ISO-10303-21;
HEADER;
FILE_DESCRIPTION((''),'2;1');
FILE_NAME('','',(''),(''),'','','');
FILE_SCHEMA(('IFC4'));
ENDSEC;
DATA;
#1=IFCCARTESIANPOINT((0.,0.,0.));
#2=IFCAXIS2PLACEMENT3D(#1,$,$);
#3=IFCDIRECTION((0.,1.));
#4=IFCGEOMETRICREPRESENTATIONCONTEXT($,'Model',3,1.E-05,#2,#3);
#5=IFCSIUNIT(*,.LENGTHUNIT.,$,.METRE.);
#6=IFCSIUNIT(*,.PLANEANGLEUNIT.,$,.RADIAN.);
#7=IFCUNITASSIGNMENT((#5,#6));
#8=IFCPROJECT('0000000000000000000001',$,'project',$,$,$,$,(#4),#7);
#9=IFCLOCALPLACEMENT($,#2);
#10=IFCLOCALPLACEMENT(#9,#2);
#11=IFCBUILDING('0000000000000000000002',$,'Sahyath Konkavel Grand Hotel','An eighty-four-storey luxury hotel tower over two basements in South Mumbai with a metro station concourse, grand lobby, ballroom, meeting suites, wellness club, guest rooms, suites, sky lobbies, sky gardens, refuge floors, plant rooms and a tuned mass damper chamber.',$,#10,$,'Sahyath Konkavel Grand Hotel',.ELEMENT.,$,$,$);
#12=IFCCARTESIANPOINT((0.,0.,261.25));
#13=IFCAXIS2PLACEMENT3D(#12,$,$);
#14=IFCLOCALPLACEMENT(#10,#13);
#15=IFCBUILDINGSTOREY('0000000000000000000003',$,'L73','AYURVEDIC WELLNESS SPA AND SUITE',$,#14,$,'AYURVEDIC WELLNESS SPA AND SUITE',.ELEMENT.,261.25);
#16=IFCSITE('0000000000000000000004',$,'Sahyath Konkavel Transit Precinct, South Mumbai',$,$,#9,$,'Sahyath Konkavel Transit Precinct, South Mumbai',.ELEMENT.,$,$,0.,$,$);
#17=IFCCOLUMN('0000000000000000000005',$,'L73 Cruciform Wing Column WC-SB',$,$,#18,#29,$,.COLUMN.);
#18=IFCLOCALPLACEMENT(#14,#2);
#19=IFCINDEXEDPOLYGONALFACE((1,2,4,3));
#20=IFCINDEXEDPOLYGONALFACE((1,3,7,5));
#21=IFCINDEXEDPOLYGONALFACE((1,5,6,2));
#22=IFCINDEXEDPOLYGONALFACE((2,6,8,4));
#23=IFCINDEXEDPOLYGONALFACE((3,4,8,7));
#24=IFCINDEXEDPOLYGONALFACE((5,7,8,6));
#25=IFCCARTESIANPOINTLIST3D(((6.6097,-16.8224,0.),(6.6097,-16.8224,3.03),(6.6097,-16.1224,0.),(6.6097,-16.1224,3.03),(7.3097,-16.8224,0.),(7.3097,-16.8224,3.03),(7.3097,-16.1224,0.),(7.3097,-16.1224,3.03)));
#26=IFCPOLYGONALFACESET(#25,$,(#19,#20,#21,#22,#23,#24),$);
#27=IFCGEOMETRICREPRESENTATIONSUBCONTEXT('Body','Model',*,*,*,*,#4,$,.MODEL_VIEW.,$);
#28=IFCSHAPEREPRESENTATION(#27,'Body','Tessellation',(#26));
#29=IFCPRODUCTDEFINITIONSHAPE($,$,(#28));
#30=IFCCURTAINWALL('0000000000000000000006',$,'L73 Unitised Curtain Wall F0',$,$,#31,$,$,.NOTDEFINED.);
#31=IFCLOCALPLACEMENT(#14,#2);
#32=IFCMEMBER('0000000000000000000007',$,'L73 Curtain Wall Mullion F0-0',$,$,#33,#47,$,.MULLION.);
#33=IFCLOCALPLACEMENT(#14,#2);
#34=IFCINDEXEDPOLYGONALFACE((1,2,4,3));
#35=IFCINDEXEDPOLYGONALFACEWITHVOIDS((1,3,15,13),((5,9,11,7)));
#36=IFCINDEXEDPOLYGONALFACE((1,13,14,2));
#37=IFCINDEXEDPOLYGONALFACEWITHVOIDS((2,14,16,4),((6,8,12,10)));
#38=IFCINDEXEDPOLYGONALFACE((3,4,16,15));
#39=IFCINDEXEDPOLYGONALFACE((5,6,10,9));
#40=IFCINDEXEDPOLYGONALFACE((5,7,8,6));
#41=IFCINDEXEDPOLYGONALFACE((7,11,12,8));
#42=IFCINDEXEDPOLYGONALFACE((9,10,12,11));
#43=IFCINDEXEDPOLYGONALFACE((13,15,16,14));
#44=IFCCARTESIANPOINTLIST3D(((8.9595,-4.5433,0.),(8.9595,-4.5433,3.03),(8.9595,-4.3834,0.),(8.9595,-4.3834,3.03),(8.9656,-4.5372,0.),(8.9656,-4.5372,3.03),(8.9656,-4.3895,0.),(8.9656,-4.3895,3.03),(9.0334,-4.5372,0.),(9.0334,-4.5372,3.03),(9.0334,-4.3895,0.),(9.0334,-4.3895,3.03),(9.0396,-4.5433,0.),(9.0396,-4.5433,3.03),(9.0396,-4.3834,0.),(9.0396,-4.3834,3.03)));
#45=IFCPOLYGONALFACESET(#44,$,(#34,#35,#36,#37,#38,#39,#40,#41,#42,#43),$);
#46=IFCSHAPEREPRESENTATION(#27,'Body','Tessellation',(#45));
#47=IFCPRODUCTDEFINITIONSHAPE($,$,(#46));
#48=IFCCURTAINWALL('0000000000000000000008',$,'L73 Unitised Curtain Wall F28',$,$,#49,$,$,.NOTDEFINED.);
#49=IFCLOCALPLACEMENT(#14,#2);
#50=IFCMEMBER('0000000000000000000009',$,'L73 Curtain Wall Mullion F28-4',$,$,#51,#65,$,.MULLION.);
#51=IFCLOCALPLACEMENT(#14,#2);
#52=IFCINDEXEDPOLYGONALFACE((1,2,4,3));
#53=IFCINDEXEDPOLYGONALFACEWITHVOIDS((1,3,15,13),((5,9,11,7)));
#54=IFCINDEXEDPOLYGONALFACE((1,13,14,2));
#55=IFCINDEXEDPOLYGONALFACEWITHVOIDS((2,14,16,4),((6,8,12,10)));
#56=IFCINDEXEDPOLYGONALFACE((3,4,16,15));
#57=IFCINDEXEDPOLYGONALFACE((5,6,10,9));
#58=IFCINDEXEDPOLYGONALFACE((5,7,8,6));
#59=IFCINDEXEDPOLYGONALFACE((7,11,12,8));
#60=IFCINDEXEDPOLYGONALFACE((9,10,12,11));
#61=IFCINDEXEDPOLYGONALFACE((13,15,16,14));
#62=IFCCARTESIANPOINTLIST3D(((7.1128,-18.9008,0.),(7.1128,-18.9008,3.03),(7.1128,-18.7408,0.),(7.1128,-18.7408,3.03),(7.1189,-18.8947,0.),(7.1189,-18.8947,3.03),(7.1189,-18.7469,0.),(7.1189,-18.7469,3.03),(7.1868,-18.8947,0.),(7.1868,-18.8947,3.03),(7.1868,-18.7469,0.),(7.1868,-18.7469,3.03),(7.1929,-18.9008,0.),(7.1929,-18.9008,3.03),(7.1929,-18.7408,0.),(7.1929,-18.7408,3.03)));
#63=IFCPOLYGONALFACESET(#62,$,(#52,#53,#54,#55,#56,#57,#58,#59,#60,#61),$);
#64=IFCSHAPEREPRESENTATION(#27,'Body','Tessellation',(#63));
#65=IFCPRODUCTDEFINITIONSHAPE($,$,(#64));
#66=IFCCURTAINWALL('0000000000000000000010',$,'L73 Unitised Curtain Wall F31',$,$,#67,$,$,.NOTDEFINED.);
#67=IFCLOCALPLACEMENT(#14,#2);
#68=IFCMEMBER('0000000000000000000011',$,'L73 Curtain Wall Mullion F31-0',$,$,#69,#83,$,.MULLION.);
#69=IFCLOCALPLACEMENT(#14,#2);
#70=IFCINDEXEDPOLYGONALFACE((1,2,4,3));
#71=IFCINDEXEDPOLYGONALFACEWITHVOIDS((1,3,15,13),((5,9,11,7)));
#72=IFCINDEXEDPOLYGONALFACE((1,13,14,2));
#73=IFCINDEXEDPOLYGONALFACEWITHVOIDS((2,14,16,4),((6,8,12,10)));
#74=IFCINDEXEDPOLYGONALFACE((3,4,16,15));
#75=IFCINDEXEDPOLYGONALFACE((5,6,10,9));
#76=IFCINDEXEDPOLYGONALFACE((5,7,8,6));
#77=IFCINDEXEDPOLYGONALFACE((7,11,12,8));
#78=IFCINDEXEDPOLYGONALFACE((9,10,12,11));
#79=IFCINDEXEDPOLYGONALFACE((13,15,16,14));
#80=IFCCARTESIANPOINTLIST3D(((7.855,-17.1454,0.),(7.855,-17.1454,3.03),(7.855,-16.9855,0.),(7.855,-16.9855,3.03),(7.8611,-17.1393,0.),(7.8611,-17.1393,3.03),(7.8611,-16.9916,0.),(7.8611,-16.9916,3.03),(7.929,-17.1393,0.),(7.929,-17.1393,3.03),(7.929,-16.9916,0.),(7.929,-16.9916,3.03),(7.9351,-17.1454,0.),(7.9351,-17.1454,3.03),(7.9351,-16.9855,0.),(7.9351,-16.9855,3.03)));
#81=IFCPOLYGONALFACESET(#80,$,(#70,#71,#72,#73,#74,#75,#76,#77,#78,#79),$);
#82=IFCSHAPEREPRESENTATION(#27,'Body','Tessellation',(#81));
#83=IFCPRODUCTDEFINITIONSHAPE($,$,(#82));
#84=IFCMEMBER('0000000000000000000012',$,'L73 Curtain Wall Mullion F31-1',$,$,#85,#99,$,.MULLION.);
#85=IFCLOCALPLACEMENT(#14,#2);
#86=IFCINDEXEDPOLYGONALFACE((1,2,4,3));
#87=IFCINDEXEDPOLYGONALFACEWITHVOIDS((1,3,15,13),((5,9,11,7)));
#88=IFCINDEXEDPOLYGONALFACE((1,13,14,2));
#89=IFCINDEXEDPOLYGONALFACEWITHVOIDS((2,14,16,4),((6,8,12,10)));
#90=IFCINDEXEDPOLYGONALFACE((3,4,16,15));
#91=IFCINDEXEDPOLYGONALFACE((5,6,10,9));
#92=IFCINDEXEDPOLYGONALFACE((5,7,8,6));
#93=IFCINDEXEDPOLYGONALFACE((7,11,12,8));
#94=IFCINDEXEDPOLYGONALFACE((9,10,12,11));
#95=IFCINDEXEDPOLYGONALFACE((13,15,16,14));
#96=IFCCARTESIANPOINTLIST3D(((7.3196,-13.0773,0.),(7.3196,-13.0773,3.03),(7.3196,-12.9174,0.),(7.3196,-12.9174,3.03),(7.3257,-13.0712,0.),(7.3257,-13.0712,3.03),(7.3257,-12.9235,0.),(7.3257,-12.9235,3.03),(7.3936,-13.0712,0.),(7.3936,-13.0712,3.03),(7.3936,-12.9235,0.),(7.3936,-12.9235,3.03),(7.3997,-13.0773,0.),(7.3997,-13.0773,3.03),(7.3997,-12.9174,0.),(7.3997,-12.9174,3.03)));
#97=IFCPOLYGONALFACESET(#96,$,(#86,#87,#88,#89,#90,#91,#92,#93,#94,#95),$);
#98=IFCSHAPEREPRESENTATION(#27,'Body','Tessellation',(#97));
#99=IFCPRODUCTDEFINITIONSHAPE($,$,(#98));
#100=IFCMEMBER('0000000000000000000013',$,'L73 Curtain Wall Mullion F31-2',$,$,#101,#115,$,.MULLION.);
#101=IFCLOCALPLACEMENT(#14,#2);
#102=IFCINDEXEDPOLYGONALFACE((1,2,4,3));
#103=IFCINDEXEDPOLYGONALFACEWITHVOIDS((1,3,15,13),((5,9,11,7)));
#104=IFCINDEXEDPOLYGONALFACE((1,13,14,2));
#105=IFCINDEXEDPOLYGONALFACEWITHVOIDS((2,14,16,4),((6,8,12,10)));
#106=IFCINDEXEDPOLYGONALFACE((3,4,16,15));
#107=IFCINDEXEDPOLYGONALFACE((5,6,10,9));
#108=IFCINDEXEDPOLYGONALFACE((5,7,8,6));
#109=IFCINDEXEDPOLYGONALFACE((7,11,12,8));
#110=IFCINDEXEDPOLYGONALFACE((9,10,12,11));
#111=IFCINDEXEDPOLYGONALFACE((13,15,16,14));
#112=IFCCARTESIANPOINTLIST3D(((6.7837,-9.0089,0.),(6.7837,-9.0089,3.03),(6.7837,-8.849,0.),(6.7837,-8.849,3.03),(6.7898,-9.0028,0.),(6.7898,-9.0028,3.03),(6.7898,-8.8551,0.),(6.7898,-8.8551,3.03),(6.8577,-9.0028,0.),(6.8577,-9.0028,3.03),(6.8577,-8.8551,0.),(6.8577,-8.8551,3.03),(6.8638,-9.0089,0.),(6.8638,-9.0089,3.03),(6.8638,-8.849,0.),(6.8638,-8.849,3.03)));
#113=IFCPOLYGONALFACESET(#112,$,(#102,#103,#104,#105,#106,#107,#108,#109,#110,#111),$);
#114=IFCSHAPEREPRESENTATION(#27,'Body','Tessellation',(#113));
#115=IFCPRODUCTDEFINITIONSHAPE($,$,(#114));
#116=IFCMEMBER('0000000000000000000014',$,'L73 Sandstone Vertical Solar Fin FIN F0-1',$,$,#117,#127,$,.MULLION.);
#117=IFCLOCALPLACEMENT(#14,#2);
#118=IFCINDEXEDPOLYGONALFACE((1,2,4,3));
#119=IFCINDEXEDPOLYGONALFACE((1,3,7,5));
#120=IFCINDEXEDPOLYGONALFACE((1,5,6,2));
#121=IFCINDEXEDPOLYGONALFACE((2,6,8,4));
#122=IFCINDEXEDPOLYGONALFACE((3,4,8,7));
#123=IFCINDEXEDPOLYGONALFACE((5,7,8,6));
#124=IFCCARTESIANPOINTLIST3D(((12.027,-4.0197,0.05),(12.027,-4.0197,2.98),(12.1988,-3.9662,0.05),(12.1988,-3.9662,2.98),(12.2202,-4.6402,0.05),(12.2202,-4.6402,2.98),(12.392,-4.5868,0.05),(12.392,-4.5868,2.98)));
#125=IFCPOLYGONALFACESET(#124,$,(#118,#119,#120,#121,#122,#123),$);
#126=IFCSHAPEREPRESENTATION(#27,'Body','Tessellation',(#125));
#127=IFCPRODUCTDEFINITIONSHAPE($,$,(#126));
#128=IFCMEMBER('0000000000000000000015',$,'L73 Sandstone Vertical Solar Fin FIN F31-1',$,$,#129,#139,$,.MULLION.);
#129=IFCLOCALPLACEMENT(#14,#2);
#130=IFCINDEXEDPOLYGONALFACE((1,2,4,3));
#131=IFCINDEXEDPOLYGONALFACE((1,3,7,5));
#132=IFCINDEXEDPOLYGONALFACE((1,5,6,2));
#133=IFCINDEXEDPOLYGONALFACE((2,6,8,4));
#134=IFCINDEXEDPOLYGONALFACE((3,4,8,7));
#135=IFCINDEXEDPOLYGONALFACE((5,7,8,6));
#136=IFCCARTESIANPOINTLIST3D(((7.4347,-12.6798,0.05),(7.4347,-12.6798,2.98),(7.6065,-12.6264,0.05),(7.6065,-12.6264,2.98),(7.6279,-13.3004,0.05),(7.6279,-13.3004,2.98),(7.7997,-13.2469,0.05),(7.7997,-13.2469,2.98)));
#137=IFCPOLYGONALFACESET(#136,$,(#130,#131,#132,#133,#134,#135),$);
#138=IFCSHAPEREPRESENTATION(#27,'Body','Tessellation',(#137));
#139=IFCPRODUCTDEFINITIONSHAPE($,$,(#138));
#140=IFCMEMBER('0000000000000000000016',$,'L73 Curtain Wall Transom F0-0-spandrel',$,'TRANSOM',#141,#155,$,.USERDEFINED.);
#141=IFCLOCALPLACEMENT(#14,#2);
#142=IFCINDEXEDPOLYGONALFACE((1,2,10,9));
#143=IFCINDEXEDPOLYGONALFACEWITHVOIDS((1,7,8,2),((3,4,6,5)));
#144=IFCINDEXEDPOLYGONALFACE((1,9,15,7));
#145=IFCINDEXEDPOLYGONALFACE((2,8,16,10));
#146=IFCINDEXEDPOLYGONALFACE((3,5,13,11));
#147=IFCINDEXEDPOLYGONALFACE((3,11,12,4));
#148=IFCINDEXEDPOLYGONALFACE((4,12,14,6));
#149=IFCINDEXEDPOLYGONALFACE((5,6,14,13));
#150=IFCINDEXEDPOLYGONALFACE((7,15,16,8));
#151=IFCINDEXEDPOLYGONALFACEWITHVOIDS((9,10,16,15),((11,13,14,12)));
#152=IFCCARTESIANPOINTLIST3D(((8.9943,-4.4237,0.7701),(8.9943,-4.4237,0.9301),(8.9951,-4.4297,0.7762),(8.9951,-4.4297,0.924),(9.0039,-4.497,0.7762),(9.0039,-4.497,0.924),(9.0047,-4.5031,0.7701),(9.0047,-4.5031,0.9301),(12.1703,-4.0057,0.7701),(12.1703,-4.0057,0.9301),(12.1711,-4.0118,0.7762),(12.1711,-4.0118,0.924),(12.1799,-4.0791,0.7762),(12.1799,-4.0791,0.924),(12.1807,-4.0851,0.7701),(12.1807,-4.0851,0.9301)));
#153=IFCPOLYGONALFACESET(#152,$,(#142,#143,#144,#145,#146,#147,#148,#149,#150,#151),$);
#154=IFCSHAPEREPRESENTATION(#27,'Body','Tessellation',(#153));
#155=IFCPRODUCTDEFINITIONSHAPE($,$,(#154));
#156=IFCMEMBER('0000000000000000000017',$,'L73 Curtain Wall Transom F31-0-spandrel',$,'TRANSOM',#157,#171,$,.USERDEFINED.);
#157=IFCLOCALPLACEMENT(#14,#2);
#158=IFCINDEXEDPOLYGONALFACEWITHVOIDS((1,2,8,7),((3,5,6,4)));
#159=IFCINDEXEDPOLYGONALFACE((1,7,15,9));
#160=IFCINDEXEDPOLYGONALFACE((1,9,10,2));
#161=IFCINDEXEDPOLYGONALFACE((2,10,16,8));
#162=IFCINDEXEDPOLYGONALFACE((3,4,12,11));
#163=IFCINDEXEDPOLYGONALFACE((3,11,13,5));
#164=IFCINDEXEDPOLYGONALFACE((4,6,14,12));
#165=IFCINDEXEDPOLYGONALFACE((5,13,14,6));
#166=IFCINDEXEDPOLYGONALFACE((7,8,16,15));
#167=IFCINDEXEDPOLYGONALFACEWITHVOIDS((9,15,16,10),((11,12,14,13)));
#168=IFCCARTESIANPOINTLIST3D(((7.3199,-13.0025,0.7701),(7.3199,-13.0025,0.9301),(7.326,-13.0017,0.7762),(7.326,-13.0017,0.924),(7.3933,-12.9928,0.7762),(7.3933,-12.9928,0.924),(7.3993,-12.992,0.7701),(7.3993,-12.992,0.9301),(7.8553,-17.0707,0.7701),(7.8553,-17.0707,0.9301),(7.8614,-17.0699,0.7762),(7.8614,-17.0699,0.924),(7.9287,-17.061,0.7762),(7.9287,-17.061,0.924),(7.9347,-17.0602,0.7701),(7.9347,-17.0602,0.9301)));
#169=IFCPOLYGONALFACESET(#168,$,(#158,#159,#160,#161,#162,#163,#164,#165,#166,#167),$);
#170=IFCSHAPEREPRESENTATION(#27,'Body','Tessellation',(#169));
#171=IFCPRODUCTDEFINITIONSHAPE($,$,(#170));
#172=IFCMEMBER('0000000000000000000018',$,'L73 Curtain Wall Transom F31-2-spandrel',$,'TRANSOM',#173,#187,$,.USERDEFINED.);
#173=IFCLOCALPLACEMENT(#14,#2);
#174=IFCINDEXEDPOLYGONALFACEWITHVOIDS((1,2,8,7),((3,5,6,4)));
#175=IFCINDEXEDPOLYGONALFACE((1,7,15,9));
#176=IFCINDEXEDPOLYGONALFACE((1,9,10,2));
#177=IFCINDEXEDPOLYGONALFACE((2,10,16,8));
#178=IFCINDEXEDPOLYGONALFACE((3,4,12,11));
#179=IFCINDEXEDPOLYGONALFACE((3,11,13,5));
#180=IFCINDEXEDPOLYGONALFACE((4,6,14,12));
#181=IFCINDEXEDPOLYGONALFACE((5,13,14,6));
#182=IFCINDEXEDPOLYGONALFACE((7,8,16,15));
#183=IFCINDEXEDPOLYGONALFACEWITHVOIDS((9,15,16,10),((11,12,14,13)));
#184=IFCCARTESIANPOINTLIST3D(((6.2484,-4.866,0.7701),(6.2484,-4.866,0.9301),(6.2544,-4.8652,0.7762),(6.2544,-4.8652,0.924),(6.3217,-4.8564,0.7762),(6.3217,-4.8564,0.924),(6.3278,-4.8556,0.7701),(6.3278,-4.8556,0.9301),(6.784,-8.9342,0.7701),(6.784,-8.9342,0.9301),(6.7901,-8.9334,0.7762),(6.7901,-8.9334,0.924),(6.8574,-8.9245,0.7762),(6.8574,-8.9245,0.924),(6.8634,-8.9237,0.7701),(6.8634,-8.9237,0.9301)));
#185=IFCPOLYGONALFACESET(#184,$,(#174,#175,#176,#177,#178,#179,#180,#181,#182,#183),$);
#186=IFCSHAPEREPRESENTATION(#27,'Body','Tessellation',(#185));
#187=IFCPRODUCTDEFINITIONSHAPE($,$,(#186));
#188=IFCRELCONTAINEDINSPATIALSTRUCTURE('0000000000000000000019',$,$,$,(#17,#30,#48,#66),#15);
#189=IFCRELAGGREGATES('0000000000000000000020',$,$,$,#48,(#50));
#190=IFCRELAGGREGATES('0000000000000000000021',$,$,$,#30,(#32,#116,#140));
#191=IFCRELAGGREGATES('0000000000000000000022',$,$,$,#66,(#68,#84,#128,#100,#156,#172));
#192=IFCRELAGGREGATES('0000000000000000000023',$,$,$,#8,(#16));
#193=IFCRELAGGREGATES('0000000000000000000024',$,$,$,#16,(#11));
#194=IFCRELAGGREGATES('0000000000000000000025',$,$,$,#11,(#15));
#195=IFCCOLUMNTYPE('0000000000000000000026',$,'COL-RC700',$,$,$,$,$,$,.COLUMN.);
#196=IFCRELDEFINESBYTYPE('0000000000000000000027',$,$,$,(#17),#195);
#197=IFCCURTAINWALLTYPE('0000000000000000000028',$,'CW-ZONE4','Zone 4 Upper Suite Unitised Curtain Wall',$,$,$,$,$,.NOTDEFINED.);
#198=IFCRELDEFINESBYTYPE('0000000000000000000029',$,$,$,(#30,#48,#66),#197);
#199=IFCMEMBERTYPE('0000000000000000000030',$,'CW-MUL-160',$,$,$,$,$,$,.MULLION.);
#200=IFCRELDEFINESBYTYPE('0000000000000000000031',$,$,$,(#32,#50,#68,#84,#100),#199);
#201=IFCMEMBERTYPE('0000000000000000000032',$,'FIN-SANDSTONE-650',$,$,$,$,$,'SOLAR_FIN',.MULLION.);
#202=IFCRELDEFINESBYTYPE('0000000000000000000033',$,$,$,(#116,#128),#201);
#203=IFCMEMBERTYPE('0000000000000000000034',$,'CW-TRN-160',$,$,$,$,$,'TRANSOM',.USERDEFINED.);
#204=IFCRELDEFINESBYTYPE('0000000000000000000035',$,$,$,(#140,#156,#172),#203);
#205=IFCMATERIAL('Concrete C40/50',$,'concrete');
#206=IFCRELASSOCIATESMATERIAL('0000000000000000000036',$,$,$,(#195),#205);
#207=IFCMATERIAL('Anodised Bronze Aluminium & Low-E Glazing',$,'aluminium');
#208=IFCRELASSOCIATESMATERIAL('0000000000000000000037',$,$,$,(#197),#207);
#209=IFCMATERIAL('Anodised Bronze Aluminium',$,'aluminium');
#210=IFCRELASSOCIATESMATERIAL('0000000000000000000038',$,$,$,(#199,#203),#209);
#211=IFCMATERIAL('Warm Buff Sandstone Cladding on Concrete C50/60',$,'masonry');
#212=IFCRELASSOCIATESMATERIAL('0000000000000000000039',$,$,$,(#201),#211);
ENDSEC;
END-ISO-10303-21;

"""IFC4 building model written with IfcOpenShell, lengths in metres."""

from ifc_helpers import new_model, si_unit, direction, frame, origin, origin_2d, place, context, subcontext, project, spatial, rectangle, hollow_rectangle, extrude, source, transform, mapped, material, material_profile, profile_set, type_object, element, aggregate, save


model = new_model("IFC4")

# Units and contexts
model_context = context("Model", 3, precision=1e-05, world=origin(), true_north=direction((0.0, 1.0)))
body_context = subcontext(model_context, "Body", "Model", "MODEL_VIEW")
ifc_project = project(units=[si_unit("LENGTHUNIT", "METRE"), si_unit("PLANEANGLEUNIT", "RADIAN")], contexts=[model_context])

# Site, building, storey
site_placement = place(None, origin())
site = spatial("IfcSite", under=ifc_project, at=site_placement, Name="Sahyath Konkavel Transit Precinct, South Mumbai", LongName="Sahyath Konkavel Transit Precinct, South Mumbai", CompositionType="ELEMENT", RefElevation=0.0)
building_placement = place(site_placement, origin())
building = spatial("IfcBuilding", under=site, at=building_placement, Name="Sahyath Konkavel Grand Hotel", Description="An eighty-four-storey luxury hotel tower over two basements in South Mumbai with a metro station concourse, grand lobby, ballroom, meeting suites, wellness club, guest rooms, suites, sky lobbies, sky gardens, refuge floors, plant rooms and a tuned mass damper chamber.", LongName="Sahyath Konkavel Grand Hotel", CompositionType="ELEMENT")
storey_placement = place(building_placement, frame((0.0, 0.0, 261.25)))
storey = spatial("IfcBuildingStorey", under=building, at=storey_placement, Name="L73", Description="AYURVEDIC WELLNESS SPA AND SUITE", LongName="AYURVEDIC WELLNESS SPA AND SUITE", CompositionType="ELEMENT", Elevation=261.25)

# Column
ifc_material_1 = material(Name="Concrete C40/50", Category="concrete")
ifc_material_profile_1 = material_profile(ifc_material_1, rectangle(XDim=0.7, YDim=0.7, at=origin_2d()), Name="RC 700x700")
ifc_profile_set_1 = profile_set([ifc_material_profile_1], Name="Concrete C40/50")
column_type = type_object("IfcColumnType", Name="COL-RC700", PredefinedType="COLUMN", material=ifc_profile_set_1)
shared_shape_1 = source(origin(), body_context, "Body", "SweptSolid", [
    extrude(rectangle(XDim=0.7, YDim=0.7, at=origin_2d()), origin(), (0.0, 0.0, 1.0), 3.03),
])
column_placement = place(storey_placement, frame((6.9597, -16.4724, 0.0), z_axis=(0.0, 0.0, 1.0), x_axis=(1.0, 0.0, 0.0)))
element("IfcColumn", 1, at=column_placement, inside=storey, type_object=column_type, Name="L73 Cruciform Wing Column WC-SB", PredefinedType="COLUMN", context=body_context, shape_type="MappedRepresentation", body=[
    mapped(shared_shape_1, transform((0.0, 0.0, 0.0), scale=1.0)),
])

# Curtain walls, members
ifc_material_2 = material(Name="Anodised Bronze Aluminium & Low-E Glazing", Category="aluminium")
curtain_wall_type = type_object("IfcCurtainWallType", Name="CW-ZONE4", Description="Zone 4 Upper Suite Unitised Curtain Wall", PredefinedType="NOTDEFINED", material=ifc_material_2)
curtain_wall_1_placement = place(storey_placement, origin())
curtain_wall_1 = element("IfcCurtainWall", 2, at=curtain_wall_1_placement, inside=storey, type_object=curtain_wall_type, Name="L73 Unitised Curtain Wall F0", PredefinedType="NOTDEFINED")
ifc_material_3 = material(Name="Anodised Bronze Aluminium", Category="aluminium")
ifc_material_profile_2 = material_profile(ifc_material_3, hollow_rectangle(XDim=0.0801, YDim=0.1599, WallThickness=0.0061, at=origin_2d()), Name="RHS 160x80x6")
ifc_profile_set_2 = profile_set([ifc_material_profile_2], Name="Anodised Bronze Aluminium")
member_type_1 = type_object("IfcMemberType", Name="CW-MUL-160", PredefinedType="MULLION", material=ifc_profile_set_2)
shared_shape_2 = source(origin(), body_context, "Body", "SweptSolid", [
    extrude(hollow_rectangle(XDim=0.0801, YDim=0.1599, WallThickness=0.0061, at=origin_2d()), origin(), (0.0, 0.0, 1.0), 3.03),
])
member_1_placement = place(storey_placement, frame((8.9995, -4.4634, 0.0), z_axis=(0.0, 0.0, 1.0), x_axis=(1.0, 0.0, 0.0)))
member_1 = element("IfcMember", 3, at=member_1_placement, type_object=member_type_1, Name="L73 Curtain Wall Mullion F0-0", PredefinedType="MULLION", context=body_context, shape_type="MappedRepresentation", body=[
    mapped(shared_shape_2, transform((0.0, 0.0, 0.0), scale=1.0)),
])
curtain_wall_2_placement = place(storey_placement, origin())
curtain_wall_2 = element("IfcCurtainWall", 4, at=curtain_wall_2_placement, inside=storey, type_object=curtain_wall_type, Name="L73 Unitised Curtain Wall F28", PredefinedType="NOTDEFINED")
member_2_placement = place(storey_placement, frame((7.1528, -18.8208, 0.0), z_axis=(0.0, 0.0, 1.0), x_axis=(1.0, 0.0, 0.0)))
member_2 = element("IfcMember", 5, at=member_2_placement, type_object=member_type_1, Name="L73 Curtain Wall Mullion F28-4", PredefinedType="MULLION", context=body_context, shape_type="MappedRepresentation", body=[
    mapped(shared_shape_2, transform((0.0, 0.0, 0.0), scale=1.0)),
])
aggregate(curtain_wall_2, [member_2])

# Curtain wall, members
curtain_wall_3_placement = place(storey_placement, origin())
curtain_wall_3 = element("IfcCurtainWall", 6, at=curtain_wall_3_placement, inside=storey, type_object=curtain_wall_type, Name="L73 Unitised Curtain Wall F31", PredefinedType="NOTDEFINED")
member_3_placement = place(storey_placement, frame((7.895, -17.0654, 0.0), z_axis=(0.0, 0.0, 1.0), x_axis=(1.0, 0.0, 0.0)))
member_3 = element("IfcMember", 7, at=member_3_placement, type_object=member_type_1, Name="L73 Curtain Wall Mullion F31-0", PredefinedType="MULLION", context=body_context, shape_type="MappedRepresentation", body=[
    mapped(shared_shape_2, transform((0.0, 0.0, 0.0), scale=1.0)),
])
member_4_placement = place(storey_placement, frame((7.3596, -12.9973, 0.0), z_axis=(0.0, 0.0, 1.0), x_axis=(1.0, 0.0, 0.0)))
member_4 = element("IfcMember", 8, at=member_4_placement, type_object=member_type_1, Name="L73 Curtain Wall Mullion F31-1", PredefinedType="MULLION", context=body_context, shape_type="MappedRepresentation", body=[
    mapped(shared_shape_2, transform((0.0, 0.0, 0.0), scale=1.0)),
])
member_5_placement = place(storey_placement, frame((6.8237, -8.929, 0.0), z_axis=(0.0, 0.0, 1.0), x_axis=(1.0, 0.0, 0.0)))
member_5 = element("IfcMember", 9, at=member_5_placement, type_object=member_type_1, Name="L73 Curtain Wall Mullion F31-2", PredefinedType="MULLION", context=body_context, shape_type="MappedRepresentation", body=[
    mapped(shared_shape_2, transform((0.0, 0.0, 0.0), scale=1.0)),
])

# Members
ifc_material_4 = material(Name="Warm Buff Sandstone Cladding on Concrete C50/60", Category="masonry")
ifc_material_profile_3 = material_profile(ifc_material_4, rectangle(XDim=0.1799, YDim=0.6499, at=origin_2d()), Name="FIN 180x650")
ifc_profile_set_3 = profile_set([ifc_material_profile_3], Name="Warm Buff Sandstone Cladding on Concrete C50/60")
member_type_2 = type_object("IfcMemberType", Name="FIN-SANDSTONE-650", ElementType="SOLAR_FIN", PredefinedType="MULLION", material=ifc_profile_set_3)
shared_shape_3 = source(origin(), body_context, "Body", "SweptSolid", [
    extrude(rectangle(XDim=0.1799, YDim=0.6499, at=origin_2d()), origin(), (0.0, 0.0, 1.0), 2.9299),
])
member_6_placement = place(storey_placement, frame((12.2095, -4.3032, 0.05), z_axis=(0.0, 0.0, 1.0), x_axis=(0.954813, 0.297208, 0.0)))
member_6 = element("IfcMember", 10, at=member_6_placement, type_object=member_type_2, Name="L73 Sandstone Vertical Solar Fin FIN F0-1", PredefinedType="MULLION", context=body_context, shape_type="MappedRepresentation", body=[
    mapped(shared_shape_3, transform((0.0, 0.0, 0.0), scale=1.0)),
])
member_7_placement = place(storey_placement, frame((7.6172, -12.9634, 0.05), z_axis=(0.0, 0.0, 1.0), x_axis=(0.954813, 0.297208, 0.0)))
member_7 = element("IfcMember", 11, at=member_7_placement, type_object=member_type_2, Name="L73 Sandstone Vertical Solar Fin FIN F31-1", PredefinedType="MULLION", context=body_context, shape_type="MappedRepresentation", body=[
    mapped(shared_shape_3, transform((0.0, 0.0, 0.0), scale=1.0)),
])
ifc_material_profile_4 = material_profile(ifc_material_3, hollow_rectangle(XDim=0.0801, YDim=0.1599, WallThickness=0.0061, at=origin_2d()), Name="RHS 160x80x6")
ifc_profile_set_4 = profile_set([ifc_material_profile_4], Name="Anodised Bronze Aluminium")
member_type_3 = type_object("IfcMemberType", Name="CW-TRN-160", ElementType="TRANSOM", PredefinedType="USERDEFINED", material=ifc_profile_set_4)
shared_shape_4 = source(origin(), body_context, "Body", "SweptSolid", [
    extrude(hollow_rectangle(XDim=0.0801, YDim=0.1599, WallThickness=0.0061, at=origin_2d()), origin(), (0.0, 0.0, 1.0), 3.2034),
])
member_8_placement = place(storey_placement, frame((8.9995, -4.4634, 0.8501), z_axis=(0.991451, 0.130476, 0.0), x_axis=(-0.130476, 0.991451, 0.0)))
member_8 = element("IfcMember", 12, at=member_8_placement, type_object=member_type_3, Name="L73 Curtain Wall Transom F0-0-spandrel", ObjectType="TRANSOM", PredefinedType="USERDEFINED", context=body_context, shape_type="MappedRepresentation", body=[
    mapped(shared_shape_4, transform((0.0, 0.0, 0.0), scale=1.0)),
])
shared_shape_5 = source(origin(), body_context, "Body", "SweptSolid", [
    extrude(hollow_rectangle(XDim=0.0801, YDim=0.1599, WallThickness=0.0061, at=origin_2d()), origin(), (0.0, 0.0, 1.0), 4.1033),
])
member_9_placement = place(storey_placement, frame((7.895, -17.0654, 0.8501), z_axis=(-0.130484, 0.99145, 0.0), x_axis=(-0.99145, -0.130484, 0.0)))
member_9 = element("IfcMember", 13, at=member_9_placement, type_object=member_type_3, Name="L73 Curtain Wall Transom F31-0-spandrel", ObjectType="TRANSOM", PredefinedType="USERDEFINED", context=body_context, shape_type="MappedRepresentation", body=[
    mapped(shared_shape_5, transform((0.0, 0.0, 0.0), scale=1.0)),
])
member_10_placement = place(storey_placement, frame((6.8237, -8.929, 0.8501), z_axis=(-0.130542, 0.991443, 0.0), x_axis=(-0.991443, -0.130542, 0.0)))
member_10 = element("IfcMember", 14, at=member_10_placement, type_object=member_type_3, Name="L73 Curtain Wall Transom F31-2-spandrel", ObjectType="TRANSOM", PredefinedType="USERDEFINED", context=body_context, shape_type="MappedRepresentation", body=[
    mapped(shared_shape_5, transform((0.0, 0.0, 0.0), scale=1.0)),
])

aggregate(curtain_wall_1, [member_1, member_6, member_8])
aggregate(curtain_wall_3, [member_3, member_4, member_7, member_5, member_9, member_10])

save(model, "model.ifc")
